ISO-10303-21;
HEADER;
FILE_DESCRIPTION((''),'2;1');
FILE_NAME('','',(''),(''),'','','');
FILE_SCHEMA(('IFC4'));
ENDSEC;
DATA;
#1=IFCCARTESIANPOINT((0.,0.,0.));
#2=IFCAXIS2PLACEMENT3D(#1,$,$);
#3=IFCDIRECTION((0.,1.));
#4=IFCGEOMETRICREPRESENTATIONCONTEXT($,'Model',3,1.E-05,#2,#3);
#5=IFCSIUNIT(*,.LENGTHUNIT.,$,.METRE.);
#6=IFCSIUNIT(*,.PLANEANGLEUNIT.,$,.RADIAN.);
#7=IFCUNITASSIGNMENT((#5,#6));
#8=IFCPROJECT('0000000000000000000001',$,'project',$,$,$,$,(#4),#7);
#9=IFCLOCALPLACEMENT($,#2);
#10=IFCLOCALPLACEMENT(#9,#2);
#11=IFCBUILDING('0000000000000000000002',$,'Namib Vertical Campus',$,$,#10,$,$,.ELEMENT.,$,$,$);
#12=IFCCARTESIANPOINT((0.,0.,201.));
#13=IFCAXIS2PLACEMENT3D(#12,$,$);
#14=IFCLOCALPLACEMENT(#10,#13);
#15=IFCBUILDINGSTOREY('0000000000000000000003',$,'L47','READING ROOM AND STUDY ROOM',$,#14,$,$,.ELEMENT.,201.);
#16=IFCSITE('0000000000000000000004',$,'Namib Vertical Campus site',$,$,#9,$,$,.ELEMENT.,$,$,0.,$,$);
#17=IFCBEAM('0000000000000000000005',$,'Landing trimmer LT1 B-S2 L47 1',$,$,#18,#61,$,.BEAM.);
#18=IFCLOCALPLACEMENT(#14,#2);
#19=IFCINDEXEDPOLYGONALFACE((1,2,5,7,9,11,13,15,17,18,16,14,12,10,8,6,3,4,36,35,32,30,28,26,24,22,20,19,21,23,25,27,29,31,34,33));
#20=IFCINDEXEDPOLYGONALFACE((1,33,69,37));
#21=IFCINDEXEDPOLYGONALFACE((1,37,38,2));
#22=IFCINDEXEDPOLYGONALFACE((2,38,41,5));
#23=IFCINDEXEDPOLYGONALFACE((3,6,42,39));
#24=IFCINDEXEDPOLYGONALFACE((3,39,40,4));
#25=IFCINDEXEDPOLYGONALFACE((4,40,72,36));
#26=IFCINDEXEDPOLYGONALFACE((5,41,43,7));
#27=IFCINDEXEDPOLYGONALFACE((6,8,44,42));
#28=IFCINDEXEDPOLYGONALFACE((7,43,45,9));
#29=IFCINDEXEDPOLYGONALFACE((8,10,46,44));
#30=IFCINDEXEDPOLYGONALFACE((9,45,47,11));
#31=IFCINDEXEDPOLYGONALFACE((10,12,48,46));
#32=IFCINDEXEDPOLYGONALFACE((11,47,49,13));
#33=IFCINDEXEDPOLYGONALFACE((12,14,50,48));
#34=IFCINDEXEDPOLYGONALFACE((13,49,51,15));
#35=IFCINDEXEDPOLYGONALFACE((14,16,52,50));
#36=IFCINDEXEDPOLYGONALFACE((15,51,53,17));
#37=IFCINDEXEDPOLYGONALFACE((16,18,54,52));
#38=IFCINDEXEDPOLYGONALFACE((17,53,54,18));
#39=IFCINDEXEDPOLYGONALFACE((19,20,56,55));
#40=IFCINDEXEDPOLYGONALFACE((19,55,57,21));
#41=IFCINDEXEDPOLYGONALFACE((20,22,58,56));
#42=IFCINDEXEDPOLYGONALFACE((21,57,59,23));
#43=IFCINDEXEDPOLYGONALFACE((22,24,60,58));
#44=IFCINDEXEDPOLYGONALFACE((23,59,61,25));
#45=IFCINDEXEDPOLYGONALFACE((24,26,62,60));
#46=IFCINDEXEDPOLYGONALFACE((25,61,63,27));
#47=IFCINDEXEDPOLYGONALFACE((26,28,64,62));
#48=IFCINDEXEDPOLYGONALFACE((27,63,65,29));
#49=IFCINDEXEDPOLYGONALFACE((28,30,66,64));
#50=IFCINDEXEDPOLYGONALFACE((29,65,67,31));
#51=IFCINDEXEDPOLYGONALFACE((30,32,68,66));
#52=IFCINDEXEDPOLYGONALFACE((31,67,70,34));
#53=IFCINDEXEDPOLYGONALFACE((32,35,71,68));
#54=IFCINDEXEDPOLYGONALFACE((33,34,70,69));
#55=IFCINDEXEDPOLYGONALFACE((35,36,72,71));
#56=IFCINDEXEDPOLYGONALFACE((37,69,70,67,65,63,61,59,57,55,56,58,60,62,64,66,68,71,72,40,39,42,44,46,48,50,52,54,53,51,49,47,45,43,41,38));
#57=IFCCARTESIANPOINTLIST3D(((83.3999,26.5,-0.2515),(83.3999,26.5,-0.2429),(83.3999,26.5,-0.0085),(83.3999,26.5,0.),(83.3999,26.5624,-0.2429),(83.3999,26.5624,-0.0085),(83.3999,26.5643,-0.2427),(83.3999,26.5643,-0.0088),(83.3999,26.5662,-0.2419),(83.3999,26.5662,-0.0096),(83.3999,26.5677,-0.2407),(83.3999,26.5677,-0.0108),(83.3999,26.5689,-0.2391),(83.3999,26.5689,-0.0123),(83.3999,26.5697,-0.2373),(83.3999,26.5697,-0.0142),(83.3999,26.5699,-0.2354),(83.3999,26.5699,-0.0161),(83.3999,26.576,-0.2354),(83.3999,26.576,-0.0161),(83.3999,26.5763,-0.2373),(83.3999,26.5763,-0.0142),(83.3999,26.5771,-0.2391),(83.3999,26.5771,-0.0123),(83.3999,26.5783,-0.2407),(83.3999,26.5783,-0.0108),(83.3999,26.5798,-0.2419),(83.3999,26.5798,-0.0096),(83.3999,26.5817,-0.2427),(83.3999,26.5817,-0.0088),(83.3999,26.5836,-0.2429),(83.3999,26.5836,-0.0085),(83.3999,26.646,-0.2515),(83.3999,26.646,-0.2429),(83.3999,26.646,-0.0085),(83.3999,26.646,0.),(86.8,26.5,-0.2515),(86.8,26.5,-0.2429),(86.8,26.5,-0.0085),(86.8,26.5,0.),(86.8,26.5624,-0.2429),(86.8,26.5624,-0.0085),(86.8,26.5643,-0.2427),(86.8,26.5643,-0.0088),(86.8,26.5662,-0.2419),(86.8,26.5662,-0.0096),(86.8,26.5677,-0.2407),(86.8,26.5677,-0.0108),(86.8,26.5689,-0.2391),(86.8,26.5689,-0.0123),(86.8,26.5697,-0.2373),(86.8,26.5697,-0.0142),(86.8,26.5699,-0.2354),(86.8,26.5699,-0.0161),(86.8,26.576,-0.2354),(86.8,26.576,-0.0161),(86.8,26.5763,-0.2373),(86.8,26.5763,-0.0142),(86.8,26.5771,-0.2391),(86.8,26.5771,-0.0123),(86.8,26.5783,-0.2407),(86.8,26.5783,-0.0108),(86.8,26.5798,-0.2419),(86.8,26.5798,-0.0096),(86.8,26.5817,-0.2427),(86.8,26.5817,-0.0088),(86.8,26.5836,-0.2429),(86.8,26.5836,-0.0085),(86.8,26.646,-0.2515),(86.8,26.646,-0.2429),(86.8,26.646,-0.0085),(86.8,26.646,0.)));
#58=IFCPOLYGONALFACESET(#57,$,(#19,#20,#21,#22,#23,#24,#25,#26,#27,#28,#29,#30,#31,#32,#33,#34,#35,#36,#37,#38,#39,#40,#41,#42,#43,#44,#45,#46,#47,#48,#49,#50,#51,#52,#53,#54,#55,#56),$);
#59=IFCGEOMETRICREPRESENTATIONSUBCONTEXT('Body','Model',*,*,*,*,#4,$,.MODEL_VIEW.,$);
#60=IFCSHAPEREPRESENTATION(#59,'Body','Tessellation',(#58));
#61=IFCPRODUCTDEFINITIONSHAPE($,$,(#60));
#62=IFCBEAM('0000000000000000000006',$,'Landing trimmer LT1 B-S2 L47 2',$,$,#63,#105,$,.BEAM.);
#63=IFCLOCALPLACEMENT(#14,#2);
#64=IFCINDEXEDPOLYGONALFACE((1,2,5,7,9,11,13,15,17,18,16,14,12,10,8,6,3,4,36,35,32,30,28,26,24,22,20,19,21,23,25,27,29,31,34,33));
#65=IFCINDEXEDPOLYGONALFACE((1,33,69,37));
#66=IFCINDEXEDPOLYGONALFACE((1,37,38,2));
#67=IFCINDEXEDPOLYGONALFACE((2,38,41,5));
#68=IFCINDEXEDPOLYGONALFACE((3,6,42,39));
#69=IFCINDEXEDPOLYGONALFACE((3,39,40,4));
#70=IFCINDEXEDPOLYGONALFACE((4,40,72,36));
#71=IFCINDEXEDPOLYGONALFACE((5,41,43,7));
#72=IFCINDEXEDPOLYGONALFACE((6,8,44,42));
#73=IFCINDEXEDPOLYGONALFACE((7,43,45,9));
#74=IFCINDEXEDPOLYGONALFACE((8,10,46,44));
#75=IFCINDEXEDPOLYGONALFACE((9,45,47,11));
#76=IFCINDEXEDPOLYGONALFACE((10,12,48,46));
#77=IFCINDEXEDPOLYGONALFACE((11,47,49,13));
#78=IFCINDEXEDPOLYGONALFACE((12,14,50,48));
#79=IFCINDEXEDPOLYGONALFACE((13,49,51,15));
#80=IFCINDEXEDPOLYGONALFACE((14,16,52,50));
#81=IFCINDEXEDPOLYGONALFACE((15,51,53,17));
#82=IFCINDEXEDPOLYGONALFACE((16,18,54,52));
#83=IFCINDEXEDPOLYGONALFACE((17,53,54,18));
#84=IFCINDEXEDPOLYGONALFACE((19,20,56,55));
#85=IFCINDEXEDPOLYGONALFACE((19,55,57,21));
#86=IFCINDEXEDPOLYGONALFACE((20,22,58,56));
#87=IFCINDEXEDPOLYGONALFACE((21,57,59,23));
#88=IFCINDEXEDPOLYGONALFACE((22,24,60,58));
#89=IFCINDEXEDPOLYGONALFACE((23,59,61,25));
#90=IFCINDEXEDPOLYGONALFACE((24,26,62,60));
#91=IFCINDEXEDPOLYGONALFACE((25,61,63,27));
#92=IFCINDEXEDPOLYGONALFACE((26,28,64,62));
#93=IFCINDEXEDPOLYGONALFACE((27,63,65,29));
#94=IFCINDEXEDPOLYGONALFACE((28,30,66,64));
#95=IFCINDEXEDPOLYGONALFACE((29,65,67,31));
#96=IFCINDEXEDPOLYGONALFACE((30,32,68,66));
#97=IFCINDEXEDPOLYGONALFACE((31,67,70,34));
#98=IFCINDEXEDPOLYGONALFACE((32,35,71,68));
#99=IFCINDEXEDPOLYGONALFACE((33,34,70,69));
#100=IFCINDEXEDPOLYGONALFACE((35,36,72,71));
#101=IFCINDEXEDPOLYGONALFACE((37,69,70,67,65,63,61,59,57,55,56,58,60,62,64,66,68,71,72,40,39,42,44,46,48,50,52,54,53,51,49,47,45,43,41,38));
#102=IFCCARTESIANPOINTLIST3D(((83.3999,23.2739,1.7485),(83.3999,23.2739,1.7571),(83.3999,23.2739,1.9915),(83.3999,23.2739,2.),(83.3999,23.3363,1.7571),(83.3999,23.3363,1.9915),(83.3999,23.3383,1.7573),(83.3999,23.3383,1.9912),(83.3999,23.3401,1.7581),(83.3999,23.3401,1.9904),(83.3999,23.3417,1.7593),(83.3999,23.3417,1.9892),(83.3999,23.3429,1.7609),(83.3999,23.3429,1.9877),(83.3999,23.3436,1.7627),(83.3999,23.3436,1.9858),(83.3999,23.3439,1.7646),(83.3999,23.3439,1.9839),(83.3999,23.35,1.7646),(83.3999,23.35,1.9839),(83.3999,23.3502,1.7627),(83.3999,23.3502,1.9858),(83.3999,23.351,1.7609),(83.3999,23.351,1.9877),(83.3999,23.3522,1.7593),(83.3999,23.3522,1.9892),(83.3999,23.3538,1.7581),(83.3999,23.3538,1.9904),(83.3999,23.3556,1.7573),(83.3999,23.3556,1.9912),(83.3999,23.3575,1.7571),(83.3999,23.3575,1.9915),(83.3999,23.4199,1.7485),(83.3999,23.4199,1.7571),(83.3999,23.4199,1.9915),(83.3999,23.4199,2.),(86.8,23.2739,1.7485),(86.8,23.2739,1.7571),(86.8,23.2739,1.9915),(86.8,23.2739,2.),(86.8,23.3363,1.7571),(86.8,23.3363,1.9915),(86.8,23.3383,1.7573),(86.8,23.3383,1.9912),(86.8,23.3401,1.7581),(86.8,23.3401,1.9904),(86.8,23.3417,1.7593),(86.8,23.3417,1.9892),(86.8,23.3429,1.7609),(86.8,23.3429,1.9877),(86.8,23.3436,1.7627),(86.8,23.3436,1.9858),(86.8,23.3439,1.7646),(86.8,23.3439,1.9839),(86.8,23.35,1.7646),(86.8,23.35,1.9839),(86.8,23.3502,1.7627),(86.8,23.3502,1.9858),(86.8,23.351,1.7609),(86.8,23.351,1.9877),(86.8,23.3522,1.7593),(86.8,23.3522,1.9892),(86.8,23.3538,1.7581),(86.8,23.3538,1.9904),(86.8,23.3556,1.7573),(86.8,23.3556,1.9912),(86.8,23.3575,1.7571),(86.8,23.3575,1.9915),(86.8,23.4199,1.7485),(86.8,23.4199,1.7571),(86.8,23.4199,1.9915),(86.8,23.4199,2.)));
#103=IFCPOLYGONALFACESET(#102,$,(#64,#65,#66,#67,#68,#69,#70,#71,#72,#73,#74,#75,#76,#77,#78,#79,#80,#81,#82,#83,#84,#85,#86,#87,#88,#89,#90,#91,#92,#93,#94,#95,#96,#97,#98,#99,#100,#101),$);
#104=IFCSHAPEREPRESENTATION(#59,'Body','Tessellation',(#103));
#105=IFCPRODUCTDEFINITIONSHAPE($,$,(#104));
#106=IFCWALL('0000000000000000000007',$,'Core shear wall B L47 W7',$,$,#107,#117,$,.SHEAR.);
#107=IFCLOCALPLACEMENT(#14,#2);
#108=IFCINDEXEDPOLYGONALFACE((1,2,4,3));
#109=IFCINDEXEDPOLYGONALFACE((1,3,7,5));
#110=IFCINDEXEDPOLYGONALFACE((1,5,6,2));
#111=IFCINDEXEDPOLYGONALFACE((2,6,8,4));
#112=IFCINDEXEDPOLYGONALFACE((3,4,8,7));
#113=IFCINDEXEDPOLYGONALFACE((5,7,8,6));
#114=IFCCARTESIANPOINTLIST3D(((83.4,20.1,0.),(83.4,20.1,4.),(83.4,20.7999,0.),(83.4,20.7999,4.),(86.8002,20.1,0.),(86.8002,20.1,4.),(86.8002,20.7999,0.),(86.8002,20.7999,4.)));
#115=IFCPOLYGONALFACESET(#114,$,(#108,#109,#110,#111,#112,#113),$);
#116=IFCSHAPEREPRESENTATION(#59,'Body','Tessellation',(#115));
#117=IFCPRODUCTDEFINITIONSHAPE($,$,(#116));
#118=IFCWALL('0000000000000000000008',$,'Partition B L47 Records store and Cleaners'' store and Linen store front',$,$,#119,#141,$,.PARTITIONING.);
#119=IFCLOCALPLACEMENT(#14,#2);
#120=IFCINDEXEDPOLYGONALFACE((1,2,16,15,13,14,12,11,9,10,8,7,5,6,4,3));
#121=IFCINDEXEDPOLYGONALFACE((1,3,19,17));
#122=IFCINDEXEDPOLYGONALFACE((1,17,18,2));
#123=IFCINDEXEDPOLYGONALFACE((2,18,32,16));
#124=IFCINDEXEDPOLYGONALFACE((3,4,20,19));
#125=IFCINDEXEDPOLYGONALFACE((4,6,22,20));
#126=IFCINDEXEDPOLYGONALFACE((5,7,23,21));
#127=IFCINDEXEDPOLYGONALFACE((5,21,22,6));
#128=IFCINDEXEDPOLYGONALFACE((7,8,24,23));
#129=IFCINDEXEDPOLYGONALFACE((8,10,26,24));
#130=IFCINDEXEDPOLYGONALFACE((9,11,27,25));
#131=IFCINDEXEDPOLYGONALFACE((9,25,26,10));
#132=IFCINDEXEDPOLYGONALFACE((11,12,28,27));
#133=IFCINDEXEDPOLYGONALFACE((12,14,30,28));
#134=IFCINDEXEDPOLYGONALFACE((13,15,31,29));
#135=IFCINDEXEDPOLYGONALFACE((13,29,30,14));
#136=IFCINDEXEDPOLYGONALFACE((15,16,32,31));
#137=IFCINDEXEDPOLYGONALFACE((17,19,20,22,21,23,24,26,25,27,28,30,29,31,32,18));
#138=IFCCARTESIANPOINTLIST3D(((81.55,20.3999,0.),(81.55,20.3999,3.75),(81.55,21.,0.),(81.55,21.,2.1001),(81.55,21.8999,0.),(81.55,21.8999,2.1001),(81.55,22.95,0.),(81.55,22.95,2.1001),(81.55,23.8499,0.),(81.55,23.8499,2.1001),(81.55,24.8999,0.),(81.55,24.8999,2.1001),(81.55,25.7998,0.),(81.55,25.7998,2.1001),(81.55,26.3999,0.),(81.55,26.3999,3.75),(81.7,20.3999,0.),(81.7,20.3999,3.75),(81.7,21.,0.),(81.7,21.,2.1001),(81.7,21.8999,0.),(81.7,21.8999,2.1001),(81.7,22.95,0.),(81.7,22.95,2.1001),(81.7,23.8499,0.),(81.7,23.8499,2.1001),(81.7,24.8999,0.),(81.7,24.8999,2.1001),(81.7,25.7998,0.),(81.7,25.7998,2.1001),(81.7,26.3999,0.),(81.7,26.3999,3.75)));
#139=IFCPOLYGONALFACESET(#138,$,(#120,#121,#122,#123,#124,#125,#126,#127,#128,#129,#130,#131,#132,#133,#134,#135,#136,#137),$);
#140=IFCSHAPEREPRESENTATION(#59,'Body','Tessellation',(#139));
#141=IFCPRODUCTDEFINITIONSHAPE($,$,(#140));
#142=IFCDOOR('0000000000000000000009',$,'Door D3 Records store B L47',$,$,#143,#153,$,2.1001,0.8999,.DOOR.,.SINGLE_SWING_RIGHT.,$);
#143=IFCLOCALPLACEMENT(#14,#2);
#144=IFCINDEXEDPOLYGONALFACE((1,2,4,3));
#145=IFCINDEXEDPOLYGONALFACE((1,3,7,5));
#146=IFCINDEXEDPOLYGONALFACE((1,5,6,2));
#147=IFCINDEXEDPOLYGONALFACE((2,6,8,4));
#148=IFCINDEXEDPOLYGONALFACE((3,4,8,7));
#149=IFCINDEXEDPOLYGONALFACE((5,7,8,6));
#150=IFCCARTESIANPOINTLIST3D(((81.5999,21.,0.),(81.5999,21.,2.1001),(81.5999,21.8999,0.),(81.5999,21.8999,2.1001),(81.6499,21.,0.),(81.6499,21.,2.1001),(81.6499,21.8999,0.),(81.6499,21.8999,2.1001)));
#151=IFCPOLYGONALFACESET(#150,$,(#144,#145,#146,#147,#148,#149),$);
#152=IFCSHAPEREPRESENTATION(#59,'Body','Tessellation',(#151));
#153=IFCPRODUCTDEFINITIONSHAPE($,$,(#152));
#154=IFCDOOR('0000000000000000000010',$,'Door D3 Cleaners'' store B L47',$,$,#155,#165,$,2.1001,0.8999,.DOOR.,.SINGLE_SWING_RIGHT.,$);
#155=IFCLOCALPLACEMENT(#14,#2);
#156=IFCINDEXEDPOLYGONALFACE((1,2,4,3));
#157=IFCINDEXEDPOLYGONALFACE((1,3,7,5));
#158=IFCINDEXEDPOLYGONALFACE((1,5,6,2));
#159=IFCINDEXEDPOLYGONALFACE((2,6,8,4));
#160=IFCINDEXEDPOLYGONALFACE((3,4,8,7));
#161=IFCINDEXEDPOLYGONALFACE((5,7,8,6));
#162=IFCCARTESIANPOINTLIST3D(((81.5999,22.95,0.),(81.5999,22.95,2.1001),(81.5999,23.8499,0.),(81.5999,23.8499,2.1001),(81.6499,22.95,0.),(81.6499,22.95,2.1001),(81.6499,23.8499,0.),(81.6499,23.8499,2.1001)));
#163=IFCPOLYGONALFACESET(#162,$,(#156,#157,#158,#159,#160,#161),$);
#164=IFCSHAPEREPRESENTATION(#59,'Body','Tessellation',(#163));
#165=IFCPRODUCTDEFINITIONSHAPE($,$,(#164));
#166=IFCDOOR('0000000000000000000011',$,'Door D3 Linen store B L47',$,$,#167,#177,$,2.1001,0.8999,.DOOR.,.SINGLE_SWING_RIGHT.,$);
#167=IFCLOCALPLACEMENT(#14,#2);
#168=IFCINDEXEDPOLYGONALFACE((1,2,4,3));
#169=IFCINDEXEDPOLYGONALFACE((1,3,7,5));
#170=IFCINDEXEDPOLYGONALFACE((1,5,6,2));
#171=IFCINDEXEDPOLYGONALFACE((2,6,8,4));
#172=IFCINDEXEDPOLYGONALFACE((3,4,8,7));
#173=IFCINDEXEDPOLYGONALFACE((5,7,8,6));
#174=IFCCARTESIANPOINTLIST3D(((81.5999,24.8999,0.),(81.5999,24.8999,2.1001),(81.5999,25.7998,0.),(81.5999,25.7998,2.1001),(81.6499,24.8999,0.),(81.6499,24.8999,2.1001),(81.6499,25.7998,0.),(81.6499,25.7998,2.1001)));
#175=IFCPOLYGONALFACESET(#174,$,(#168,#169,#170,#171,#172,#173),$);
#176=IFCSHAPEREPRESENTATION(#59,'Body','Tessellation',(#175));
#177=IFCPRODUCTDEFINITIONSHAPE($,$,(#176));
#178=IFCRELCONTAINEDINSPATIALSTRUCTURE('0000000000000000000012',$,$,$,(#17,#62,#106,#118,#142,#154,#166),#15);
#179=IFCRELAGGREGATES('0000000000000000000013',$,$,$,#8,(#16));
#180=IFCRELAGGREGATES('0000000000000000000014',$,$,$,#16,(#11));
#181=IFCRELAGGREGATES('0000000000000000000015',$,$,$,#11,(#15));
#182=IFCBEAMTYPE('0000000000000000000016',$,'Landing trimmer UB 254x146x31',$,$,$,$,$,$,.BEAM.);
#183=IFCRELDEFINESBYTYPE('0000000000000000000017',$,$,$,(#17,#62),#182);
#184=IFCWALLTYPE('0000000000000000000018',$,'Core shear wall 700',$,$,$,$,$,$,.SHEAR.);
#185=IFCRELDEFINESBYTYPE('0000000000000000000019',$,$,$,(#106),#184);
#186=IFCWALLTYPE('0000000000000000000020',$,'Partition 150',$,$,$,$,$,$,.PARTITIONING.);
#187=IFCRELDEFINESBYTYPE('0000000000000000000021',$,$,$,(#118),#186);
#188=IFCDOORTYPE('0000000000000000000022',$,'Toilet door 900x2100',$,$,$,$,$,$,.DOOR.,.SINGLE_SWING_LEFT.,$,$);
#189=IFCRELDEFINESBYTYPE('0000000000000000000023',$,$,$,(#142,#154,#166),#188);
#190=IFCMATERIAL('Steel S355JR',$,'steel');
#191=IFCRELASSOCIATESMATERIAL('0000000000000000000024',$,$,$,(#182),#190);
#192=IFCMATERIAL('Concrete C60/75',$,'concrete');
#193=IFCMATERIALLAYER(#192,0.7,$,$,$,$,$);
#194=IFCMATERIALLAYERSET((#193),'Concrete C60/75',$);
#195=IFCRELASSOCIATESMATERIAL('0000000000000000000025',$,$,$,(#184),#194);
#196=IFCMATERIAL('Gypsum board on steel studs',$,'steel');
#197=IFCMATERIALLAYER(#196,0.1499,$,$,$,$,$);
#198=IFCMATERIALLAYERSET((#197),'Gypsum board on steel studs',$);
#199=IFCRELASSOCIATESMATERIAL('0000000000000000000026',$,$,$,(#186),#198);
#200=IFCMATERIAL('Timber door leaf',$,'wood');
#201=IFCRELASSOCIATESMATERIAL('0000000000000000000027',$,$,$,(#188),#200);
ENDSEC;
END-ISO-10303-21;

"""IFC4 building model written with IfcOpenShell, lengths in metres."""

from ifc_helpers import new_model, si_unit, direction, frame, frame_2d, origin, origin_2d, place, context, subcontext, project, spatial, rectangle, i_section, extrude, material, layer, layer_set, material_profile, profile_set, type_object, element, fill, save


model = new_model("IFC4")

# Units and contexts
model_context = context("Model", 3, precision=1e-05, world=origin(), true_north=direction((0.0, 1.0)))
body_context = subcontext(model_context, "Body", "Model", "MODEL_VIEW")
ifc_project = project(units=[si_unit("LENGTHUNIT", "METRE"), si_unit("PLANEANGLEUNIT", "RADIAN")], contexts=[model_context])

# Site, building, storey
site_placement = place(None, origin())
site = spatial("IfcSite", under=ifc_project, at=site_placement, Name="Namib Vertical Campus site", CompositionType="ELEMENT", RefElevation=0.0)
building_placement = place(site_placement, origin())
building = spatial("IfcBuilding", under=site, at=building_placement, Name="Namib Vertical Campus", CompositionType="ELEMENT")
storey_placement = place(building_placement, frame((0.0, 0.0, 201.0)))
storey = spatial("IfcBuildingStorey", under=building, at=storey_placement, Name="L47", Description="READING ROOM AND STUDY ROOM", CompositionType="ELEMENT", Elevation=201.0)

# Beams
ifc_material_1 = material(Name="Steel S355JR", Category="steel")
ifc_material_profile = material_profile(ifc_material_1, i_section(OverallWidth=0.146, OverallDepth=0.2515, WebThickness=0.0061, FlangeThickness=0.0085, FilletRadius=0.0076, at=origin_2d()))
ifc_profile_set = profile_set([ifc_material_profile], Name="Steel S355JR")
beam_type = type_object("IfcBeamType", Name="Landing trimmer UB 254x146x31", PredefinedType="BEAM", material=ifc_profile_set)
for number, where, z_axis, x_axis, name in (
    (1, (83.3999, 26.573, -0.1257), (1.0, 0.0, 0.0), (0.0, 1.0, 0.0), "Landing trimmer LT1 B-S2 L47 1"),
    (2, (83.3999, 23.3469, 1.8743), (1.0, 0.0, 0.0), (0.0, 1.0, 0.0), "Landing trimmer LT1 B-S2 L47 2"),
):
    element("IfcBeam", number, at=place(storey_placement, frame(where, z_axis=z_axis, x_axis=x_axis)), inside=storey, type_object=beam_type, Name=name, PredefinedType="BEAM", context=body_context, shape_type="SweptSolid", body=[
        extrude(i_section(OverallWidth=0.146, OverallDepth=0.2515, WebThickness=0.0061, FlangeThickness=0.0085, FilletRadius=0.0076, at=origin_2d()), origin(), (0.0, 0.0, 1.0), 3.4001),
    ])

# Wall
ifc_material_2 = material(Name="Concrete C60/75", Category="concrete")
ifc_layer_1 = layer(ifc_material_2, 0.7)
ifc_layer_set_1 = layer_set([ifc_layer_1], Name="Concrete C60/75")
wall_type_1 = type_object("IfcWallType", Name="Core shear wall 700", PredefinedType="SHEAR", material=ifc_layer_set_1)
wall_1_placement = place(storey_placement, frame((83.3999, 20.45, 0.0), z_axis=(0.0, 0.0, 1.0), x_axis=(1.0, 0.0, 0.0)))
element("IfcWall", 3, at=wall_1_placement, inside=storey, type_object=wall_type_1, Name="Core shear wall B L47 W7", PredefinedType="SHEAR", context=body_context, shape_type="SweptSolid", body=[
    extrude(rectangle(XDim=3.4001, YDim=0.7, at=frame_2d((1.7002, 0.0))), origin(), (0.0, 0.0, 1.0), 4.0),
])

# Wall, openings, doors
ifc_material_3 = material(Name="Gypsum board on steel studs", Category="steel")
ifc_layer_2 = layer(ifc_material_3, 0.1499)
ifc_layer_set_2 = layer_set([ifc_layer_2], Name="Gypsum board on steel studs")
wall_type_2 = type_object("IfcWallType", Name="Partition 150", PredefinedType="PARTITIONING", material=ifc_layer_set_2)
wall_2_placement = place(storey_placement, frame((81.625, 20.3999, 0.0), z_axis=(0.0, 0.0, 1.0), x_axis=(0.0, 1.0, 0.0)))
wall_2 = element("IfcWall", 4, at=wall_2_placement, inside=storey, type_object=wall_type_2, Name="Partition B L47 Records store and Cleaners' store and Linen store front", PredefinedType="PARTITIONING", context=body_context, shape_type="SweptSolid", body=[
    extrude(rectangle(XDim=6.0, YDim=0.1499, at=frame_2d((3.0, 0.0))), origin(), (0.0, 0.0, 1.0), 3.75),
])
opening_1_placement = place(wall_2_placement, frame((0.6001, 0.0, 0.0)))
opening_1 = element("IfcOpeningElement", 5, at=opening_1_placement, cuts=wall_2, PredefinedType="OPENING", context=body_context, shape_type="SweptSolid", body=[
    extrude(rectangle(XDim=0.8999, YDim=2.1001, at=frame_2d((0.45, 1.05))), frame((0.0, 0.085, 0.0), z_axis=(0.0, -1.0, 0.0), x_axis=(1.0, 0.0, 0.0)), (0.0, 0.0, 1.0), 0.1699),
])
opening_2_placement = place(wall_2_placement, frame((2.55, 0.0, 0.0)))
opening_2 = element("IfcOpeningElement", 6, at=opening_2_placement, cuts=wall_2, PredefinedType="OPENING", context=body_context, shape_type="SweptSolid", body=[
    extrude(rectangle(XDim=0.8999, YDim=2.1001, at=frame_2d((0.45, 1.05))), frame((0.0, 0.085, 0.0), z_axis=(0.0, -1.0, 0.0), x_axis=(1.0, 0.0, 0.0)), (0.0, 0.0, 1.0), 0.1699),
])
opening_3_placement = place(wall_2_placement, frame((4.5, 0.0, 0.0)))
opening_3 = element("IfcOpeningElement", 7, at=opening_3_placement, cuts=wall_2, PredefinedType="OPENING", context=body_context, shape_type="SweptSolid", body=[
    extrude(rectangle(XDim=0.8999, YDim=2.1001, at=frame_2d((0.45, 1.05))), frame((0.0, 0.085, 0.0), z_axis=(0.0, -1.0, 0.0), x_axis=(1.0, 0.0, 0.0)), (0.0, 0.0, 1.0), 0.1699),
])
ifc_material_4 = material(Name="Timber door leaf", Category="wood")
door_type = type_object("IfcDoorType", Name="Toilet door 900x2100", OperationType="SINGLE_SWING_LEFT", PredefinedType="DOOR", material=ifc_material_4)
door_1_placement = place(opening_1_placement, frame((0.8999, 0.0, 0.0), z_axis=(0.0, 0.0, 1.0), x_axis=(-1.0, 0.0, 0.0)))
door_1 = element("IfcDoor", 8, at=door_1_placement, inside=storey, type_object=door_type, Name="Door D3 Records store B L47", OperationType="SINGLE_SWING_RIGHT", OverallHeight=2.1001, OverallWidth=0.8999, PredefinedType="DOOR", context=body_context, shape_type="SweptSolid", body=[
    extrude(rectangle(XDim=0.8999, YDim=2.1001, at=frame_2d((0.45, 1.05))), frame((0.0, 0.0249, 0.0), z_axis=(0.0, -1.0, 0.0), x_axis=(1.0, 0.0, 0.0)), (0.0, 0.0, 1.0), 0.05),
])
fill(opening_1, door_1)
door_2_placement = place(opening_2_placement, frame((0.8999, 0.0, 0.0), z_axis=(0.0, 0.0, 1.0), x_axis=(-1.0, 0.0, 0.0)))
door_2 = element("IfcDoor", 9, at=door_2_placement, inside=storey, type_object=door_type, Name="Door D3 Cleaners' store B L47", OperationType="SINGLE_SWING_RIGHT", OverallHeight=2.1001, OverallWidth=0.8999, PredefinedType="DOOR", context=body_context, shape_type="SweptSolid", body=[
    extrude(rectangle(XDim=0.8999, YDim=2.1001, at=frame_2d((0.45, 1.05))), frame((0.0, 0.0249, 0.0), z_axis=(0.0, -1.0, 0.0), x_axis=(1.0, 0.0, 0.0)), (0.0, 0.0, 1.0), 0.05),
])
fill(opening_2, door_2)
door_3_placement = place(opening_3_placement, frame((0.8999, 0.0, 0.0), z_axis=(0.0, 0.0, 1.0), x_axis=(-1.0, 0.0, 0.0)))
door_3 = element("IfcDoor", 10, at=door_3_placement, inside=storey, type_object=door_type, Name="Door D3 Linen store B L47", OperationType="SINGLE_SWING_RIGHT", OverallHeight=2.1001, OverallWidth=0.8999, PredefinedType="DOOR", context=body_context, shape_type="SweptSolid", body=[
    extrude(rectangle(XDim=0.8999, YDim=2.1001, at=frame_2d((0.45, 1.05))), frame((0.0, 0.0249, 0.0), z_axis=(0.0, -1.0, 0.0), x_axis=(1.0, 0.0, 0.0)), (0.0, 0.0, 1.0), 0.05),
])
fill(opening_3, door_3)

save(model, "model.ifc")
